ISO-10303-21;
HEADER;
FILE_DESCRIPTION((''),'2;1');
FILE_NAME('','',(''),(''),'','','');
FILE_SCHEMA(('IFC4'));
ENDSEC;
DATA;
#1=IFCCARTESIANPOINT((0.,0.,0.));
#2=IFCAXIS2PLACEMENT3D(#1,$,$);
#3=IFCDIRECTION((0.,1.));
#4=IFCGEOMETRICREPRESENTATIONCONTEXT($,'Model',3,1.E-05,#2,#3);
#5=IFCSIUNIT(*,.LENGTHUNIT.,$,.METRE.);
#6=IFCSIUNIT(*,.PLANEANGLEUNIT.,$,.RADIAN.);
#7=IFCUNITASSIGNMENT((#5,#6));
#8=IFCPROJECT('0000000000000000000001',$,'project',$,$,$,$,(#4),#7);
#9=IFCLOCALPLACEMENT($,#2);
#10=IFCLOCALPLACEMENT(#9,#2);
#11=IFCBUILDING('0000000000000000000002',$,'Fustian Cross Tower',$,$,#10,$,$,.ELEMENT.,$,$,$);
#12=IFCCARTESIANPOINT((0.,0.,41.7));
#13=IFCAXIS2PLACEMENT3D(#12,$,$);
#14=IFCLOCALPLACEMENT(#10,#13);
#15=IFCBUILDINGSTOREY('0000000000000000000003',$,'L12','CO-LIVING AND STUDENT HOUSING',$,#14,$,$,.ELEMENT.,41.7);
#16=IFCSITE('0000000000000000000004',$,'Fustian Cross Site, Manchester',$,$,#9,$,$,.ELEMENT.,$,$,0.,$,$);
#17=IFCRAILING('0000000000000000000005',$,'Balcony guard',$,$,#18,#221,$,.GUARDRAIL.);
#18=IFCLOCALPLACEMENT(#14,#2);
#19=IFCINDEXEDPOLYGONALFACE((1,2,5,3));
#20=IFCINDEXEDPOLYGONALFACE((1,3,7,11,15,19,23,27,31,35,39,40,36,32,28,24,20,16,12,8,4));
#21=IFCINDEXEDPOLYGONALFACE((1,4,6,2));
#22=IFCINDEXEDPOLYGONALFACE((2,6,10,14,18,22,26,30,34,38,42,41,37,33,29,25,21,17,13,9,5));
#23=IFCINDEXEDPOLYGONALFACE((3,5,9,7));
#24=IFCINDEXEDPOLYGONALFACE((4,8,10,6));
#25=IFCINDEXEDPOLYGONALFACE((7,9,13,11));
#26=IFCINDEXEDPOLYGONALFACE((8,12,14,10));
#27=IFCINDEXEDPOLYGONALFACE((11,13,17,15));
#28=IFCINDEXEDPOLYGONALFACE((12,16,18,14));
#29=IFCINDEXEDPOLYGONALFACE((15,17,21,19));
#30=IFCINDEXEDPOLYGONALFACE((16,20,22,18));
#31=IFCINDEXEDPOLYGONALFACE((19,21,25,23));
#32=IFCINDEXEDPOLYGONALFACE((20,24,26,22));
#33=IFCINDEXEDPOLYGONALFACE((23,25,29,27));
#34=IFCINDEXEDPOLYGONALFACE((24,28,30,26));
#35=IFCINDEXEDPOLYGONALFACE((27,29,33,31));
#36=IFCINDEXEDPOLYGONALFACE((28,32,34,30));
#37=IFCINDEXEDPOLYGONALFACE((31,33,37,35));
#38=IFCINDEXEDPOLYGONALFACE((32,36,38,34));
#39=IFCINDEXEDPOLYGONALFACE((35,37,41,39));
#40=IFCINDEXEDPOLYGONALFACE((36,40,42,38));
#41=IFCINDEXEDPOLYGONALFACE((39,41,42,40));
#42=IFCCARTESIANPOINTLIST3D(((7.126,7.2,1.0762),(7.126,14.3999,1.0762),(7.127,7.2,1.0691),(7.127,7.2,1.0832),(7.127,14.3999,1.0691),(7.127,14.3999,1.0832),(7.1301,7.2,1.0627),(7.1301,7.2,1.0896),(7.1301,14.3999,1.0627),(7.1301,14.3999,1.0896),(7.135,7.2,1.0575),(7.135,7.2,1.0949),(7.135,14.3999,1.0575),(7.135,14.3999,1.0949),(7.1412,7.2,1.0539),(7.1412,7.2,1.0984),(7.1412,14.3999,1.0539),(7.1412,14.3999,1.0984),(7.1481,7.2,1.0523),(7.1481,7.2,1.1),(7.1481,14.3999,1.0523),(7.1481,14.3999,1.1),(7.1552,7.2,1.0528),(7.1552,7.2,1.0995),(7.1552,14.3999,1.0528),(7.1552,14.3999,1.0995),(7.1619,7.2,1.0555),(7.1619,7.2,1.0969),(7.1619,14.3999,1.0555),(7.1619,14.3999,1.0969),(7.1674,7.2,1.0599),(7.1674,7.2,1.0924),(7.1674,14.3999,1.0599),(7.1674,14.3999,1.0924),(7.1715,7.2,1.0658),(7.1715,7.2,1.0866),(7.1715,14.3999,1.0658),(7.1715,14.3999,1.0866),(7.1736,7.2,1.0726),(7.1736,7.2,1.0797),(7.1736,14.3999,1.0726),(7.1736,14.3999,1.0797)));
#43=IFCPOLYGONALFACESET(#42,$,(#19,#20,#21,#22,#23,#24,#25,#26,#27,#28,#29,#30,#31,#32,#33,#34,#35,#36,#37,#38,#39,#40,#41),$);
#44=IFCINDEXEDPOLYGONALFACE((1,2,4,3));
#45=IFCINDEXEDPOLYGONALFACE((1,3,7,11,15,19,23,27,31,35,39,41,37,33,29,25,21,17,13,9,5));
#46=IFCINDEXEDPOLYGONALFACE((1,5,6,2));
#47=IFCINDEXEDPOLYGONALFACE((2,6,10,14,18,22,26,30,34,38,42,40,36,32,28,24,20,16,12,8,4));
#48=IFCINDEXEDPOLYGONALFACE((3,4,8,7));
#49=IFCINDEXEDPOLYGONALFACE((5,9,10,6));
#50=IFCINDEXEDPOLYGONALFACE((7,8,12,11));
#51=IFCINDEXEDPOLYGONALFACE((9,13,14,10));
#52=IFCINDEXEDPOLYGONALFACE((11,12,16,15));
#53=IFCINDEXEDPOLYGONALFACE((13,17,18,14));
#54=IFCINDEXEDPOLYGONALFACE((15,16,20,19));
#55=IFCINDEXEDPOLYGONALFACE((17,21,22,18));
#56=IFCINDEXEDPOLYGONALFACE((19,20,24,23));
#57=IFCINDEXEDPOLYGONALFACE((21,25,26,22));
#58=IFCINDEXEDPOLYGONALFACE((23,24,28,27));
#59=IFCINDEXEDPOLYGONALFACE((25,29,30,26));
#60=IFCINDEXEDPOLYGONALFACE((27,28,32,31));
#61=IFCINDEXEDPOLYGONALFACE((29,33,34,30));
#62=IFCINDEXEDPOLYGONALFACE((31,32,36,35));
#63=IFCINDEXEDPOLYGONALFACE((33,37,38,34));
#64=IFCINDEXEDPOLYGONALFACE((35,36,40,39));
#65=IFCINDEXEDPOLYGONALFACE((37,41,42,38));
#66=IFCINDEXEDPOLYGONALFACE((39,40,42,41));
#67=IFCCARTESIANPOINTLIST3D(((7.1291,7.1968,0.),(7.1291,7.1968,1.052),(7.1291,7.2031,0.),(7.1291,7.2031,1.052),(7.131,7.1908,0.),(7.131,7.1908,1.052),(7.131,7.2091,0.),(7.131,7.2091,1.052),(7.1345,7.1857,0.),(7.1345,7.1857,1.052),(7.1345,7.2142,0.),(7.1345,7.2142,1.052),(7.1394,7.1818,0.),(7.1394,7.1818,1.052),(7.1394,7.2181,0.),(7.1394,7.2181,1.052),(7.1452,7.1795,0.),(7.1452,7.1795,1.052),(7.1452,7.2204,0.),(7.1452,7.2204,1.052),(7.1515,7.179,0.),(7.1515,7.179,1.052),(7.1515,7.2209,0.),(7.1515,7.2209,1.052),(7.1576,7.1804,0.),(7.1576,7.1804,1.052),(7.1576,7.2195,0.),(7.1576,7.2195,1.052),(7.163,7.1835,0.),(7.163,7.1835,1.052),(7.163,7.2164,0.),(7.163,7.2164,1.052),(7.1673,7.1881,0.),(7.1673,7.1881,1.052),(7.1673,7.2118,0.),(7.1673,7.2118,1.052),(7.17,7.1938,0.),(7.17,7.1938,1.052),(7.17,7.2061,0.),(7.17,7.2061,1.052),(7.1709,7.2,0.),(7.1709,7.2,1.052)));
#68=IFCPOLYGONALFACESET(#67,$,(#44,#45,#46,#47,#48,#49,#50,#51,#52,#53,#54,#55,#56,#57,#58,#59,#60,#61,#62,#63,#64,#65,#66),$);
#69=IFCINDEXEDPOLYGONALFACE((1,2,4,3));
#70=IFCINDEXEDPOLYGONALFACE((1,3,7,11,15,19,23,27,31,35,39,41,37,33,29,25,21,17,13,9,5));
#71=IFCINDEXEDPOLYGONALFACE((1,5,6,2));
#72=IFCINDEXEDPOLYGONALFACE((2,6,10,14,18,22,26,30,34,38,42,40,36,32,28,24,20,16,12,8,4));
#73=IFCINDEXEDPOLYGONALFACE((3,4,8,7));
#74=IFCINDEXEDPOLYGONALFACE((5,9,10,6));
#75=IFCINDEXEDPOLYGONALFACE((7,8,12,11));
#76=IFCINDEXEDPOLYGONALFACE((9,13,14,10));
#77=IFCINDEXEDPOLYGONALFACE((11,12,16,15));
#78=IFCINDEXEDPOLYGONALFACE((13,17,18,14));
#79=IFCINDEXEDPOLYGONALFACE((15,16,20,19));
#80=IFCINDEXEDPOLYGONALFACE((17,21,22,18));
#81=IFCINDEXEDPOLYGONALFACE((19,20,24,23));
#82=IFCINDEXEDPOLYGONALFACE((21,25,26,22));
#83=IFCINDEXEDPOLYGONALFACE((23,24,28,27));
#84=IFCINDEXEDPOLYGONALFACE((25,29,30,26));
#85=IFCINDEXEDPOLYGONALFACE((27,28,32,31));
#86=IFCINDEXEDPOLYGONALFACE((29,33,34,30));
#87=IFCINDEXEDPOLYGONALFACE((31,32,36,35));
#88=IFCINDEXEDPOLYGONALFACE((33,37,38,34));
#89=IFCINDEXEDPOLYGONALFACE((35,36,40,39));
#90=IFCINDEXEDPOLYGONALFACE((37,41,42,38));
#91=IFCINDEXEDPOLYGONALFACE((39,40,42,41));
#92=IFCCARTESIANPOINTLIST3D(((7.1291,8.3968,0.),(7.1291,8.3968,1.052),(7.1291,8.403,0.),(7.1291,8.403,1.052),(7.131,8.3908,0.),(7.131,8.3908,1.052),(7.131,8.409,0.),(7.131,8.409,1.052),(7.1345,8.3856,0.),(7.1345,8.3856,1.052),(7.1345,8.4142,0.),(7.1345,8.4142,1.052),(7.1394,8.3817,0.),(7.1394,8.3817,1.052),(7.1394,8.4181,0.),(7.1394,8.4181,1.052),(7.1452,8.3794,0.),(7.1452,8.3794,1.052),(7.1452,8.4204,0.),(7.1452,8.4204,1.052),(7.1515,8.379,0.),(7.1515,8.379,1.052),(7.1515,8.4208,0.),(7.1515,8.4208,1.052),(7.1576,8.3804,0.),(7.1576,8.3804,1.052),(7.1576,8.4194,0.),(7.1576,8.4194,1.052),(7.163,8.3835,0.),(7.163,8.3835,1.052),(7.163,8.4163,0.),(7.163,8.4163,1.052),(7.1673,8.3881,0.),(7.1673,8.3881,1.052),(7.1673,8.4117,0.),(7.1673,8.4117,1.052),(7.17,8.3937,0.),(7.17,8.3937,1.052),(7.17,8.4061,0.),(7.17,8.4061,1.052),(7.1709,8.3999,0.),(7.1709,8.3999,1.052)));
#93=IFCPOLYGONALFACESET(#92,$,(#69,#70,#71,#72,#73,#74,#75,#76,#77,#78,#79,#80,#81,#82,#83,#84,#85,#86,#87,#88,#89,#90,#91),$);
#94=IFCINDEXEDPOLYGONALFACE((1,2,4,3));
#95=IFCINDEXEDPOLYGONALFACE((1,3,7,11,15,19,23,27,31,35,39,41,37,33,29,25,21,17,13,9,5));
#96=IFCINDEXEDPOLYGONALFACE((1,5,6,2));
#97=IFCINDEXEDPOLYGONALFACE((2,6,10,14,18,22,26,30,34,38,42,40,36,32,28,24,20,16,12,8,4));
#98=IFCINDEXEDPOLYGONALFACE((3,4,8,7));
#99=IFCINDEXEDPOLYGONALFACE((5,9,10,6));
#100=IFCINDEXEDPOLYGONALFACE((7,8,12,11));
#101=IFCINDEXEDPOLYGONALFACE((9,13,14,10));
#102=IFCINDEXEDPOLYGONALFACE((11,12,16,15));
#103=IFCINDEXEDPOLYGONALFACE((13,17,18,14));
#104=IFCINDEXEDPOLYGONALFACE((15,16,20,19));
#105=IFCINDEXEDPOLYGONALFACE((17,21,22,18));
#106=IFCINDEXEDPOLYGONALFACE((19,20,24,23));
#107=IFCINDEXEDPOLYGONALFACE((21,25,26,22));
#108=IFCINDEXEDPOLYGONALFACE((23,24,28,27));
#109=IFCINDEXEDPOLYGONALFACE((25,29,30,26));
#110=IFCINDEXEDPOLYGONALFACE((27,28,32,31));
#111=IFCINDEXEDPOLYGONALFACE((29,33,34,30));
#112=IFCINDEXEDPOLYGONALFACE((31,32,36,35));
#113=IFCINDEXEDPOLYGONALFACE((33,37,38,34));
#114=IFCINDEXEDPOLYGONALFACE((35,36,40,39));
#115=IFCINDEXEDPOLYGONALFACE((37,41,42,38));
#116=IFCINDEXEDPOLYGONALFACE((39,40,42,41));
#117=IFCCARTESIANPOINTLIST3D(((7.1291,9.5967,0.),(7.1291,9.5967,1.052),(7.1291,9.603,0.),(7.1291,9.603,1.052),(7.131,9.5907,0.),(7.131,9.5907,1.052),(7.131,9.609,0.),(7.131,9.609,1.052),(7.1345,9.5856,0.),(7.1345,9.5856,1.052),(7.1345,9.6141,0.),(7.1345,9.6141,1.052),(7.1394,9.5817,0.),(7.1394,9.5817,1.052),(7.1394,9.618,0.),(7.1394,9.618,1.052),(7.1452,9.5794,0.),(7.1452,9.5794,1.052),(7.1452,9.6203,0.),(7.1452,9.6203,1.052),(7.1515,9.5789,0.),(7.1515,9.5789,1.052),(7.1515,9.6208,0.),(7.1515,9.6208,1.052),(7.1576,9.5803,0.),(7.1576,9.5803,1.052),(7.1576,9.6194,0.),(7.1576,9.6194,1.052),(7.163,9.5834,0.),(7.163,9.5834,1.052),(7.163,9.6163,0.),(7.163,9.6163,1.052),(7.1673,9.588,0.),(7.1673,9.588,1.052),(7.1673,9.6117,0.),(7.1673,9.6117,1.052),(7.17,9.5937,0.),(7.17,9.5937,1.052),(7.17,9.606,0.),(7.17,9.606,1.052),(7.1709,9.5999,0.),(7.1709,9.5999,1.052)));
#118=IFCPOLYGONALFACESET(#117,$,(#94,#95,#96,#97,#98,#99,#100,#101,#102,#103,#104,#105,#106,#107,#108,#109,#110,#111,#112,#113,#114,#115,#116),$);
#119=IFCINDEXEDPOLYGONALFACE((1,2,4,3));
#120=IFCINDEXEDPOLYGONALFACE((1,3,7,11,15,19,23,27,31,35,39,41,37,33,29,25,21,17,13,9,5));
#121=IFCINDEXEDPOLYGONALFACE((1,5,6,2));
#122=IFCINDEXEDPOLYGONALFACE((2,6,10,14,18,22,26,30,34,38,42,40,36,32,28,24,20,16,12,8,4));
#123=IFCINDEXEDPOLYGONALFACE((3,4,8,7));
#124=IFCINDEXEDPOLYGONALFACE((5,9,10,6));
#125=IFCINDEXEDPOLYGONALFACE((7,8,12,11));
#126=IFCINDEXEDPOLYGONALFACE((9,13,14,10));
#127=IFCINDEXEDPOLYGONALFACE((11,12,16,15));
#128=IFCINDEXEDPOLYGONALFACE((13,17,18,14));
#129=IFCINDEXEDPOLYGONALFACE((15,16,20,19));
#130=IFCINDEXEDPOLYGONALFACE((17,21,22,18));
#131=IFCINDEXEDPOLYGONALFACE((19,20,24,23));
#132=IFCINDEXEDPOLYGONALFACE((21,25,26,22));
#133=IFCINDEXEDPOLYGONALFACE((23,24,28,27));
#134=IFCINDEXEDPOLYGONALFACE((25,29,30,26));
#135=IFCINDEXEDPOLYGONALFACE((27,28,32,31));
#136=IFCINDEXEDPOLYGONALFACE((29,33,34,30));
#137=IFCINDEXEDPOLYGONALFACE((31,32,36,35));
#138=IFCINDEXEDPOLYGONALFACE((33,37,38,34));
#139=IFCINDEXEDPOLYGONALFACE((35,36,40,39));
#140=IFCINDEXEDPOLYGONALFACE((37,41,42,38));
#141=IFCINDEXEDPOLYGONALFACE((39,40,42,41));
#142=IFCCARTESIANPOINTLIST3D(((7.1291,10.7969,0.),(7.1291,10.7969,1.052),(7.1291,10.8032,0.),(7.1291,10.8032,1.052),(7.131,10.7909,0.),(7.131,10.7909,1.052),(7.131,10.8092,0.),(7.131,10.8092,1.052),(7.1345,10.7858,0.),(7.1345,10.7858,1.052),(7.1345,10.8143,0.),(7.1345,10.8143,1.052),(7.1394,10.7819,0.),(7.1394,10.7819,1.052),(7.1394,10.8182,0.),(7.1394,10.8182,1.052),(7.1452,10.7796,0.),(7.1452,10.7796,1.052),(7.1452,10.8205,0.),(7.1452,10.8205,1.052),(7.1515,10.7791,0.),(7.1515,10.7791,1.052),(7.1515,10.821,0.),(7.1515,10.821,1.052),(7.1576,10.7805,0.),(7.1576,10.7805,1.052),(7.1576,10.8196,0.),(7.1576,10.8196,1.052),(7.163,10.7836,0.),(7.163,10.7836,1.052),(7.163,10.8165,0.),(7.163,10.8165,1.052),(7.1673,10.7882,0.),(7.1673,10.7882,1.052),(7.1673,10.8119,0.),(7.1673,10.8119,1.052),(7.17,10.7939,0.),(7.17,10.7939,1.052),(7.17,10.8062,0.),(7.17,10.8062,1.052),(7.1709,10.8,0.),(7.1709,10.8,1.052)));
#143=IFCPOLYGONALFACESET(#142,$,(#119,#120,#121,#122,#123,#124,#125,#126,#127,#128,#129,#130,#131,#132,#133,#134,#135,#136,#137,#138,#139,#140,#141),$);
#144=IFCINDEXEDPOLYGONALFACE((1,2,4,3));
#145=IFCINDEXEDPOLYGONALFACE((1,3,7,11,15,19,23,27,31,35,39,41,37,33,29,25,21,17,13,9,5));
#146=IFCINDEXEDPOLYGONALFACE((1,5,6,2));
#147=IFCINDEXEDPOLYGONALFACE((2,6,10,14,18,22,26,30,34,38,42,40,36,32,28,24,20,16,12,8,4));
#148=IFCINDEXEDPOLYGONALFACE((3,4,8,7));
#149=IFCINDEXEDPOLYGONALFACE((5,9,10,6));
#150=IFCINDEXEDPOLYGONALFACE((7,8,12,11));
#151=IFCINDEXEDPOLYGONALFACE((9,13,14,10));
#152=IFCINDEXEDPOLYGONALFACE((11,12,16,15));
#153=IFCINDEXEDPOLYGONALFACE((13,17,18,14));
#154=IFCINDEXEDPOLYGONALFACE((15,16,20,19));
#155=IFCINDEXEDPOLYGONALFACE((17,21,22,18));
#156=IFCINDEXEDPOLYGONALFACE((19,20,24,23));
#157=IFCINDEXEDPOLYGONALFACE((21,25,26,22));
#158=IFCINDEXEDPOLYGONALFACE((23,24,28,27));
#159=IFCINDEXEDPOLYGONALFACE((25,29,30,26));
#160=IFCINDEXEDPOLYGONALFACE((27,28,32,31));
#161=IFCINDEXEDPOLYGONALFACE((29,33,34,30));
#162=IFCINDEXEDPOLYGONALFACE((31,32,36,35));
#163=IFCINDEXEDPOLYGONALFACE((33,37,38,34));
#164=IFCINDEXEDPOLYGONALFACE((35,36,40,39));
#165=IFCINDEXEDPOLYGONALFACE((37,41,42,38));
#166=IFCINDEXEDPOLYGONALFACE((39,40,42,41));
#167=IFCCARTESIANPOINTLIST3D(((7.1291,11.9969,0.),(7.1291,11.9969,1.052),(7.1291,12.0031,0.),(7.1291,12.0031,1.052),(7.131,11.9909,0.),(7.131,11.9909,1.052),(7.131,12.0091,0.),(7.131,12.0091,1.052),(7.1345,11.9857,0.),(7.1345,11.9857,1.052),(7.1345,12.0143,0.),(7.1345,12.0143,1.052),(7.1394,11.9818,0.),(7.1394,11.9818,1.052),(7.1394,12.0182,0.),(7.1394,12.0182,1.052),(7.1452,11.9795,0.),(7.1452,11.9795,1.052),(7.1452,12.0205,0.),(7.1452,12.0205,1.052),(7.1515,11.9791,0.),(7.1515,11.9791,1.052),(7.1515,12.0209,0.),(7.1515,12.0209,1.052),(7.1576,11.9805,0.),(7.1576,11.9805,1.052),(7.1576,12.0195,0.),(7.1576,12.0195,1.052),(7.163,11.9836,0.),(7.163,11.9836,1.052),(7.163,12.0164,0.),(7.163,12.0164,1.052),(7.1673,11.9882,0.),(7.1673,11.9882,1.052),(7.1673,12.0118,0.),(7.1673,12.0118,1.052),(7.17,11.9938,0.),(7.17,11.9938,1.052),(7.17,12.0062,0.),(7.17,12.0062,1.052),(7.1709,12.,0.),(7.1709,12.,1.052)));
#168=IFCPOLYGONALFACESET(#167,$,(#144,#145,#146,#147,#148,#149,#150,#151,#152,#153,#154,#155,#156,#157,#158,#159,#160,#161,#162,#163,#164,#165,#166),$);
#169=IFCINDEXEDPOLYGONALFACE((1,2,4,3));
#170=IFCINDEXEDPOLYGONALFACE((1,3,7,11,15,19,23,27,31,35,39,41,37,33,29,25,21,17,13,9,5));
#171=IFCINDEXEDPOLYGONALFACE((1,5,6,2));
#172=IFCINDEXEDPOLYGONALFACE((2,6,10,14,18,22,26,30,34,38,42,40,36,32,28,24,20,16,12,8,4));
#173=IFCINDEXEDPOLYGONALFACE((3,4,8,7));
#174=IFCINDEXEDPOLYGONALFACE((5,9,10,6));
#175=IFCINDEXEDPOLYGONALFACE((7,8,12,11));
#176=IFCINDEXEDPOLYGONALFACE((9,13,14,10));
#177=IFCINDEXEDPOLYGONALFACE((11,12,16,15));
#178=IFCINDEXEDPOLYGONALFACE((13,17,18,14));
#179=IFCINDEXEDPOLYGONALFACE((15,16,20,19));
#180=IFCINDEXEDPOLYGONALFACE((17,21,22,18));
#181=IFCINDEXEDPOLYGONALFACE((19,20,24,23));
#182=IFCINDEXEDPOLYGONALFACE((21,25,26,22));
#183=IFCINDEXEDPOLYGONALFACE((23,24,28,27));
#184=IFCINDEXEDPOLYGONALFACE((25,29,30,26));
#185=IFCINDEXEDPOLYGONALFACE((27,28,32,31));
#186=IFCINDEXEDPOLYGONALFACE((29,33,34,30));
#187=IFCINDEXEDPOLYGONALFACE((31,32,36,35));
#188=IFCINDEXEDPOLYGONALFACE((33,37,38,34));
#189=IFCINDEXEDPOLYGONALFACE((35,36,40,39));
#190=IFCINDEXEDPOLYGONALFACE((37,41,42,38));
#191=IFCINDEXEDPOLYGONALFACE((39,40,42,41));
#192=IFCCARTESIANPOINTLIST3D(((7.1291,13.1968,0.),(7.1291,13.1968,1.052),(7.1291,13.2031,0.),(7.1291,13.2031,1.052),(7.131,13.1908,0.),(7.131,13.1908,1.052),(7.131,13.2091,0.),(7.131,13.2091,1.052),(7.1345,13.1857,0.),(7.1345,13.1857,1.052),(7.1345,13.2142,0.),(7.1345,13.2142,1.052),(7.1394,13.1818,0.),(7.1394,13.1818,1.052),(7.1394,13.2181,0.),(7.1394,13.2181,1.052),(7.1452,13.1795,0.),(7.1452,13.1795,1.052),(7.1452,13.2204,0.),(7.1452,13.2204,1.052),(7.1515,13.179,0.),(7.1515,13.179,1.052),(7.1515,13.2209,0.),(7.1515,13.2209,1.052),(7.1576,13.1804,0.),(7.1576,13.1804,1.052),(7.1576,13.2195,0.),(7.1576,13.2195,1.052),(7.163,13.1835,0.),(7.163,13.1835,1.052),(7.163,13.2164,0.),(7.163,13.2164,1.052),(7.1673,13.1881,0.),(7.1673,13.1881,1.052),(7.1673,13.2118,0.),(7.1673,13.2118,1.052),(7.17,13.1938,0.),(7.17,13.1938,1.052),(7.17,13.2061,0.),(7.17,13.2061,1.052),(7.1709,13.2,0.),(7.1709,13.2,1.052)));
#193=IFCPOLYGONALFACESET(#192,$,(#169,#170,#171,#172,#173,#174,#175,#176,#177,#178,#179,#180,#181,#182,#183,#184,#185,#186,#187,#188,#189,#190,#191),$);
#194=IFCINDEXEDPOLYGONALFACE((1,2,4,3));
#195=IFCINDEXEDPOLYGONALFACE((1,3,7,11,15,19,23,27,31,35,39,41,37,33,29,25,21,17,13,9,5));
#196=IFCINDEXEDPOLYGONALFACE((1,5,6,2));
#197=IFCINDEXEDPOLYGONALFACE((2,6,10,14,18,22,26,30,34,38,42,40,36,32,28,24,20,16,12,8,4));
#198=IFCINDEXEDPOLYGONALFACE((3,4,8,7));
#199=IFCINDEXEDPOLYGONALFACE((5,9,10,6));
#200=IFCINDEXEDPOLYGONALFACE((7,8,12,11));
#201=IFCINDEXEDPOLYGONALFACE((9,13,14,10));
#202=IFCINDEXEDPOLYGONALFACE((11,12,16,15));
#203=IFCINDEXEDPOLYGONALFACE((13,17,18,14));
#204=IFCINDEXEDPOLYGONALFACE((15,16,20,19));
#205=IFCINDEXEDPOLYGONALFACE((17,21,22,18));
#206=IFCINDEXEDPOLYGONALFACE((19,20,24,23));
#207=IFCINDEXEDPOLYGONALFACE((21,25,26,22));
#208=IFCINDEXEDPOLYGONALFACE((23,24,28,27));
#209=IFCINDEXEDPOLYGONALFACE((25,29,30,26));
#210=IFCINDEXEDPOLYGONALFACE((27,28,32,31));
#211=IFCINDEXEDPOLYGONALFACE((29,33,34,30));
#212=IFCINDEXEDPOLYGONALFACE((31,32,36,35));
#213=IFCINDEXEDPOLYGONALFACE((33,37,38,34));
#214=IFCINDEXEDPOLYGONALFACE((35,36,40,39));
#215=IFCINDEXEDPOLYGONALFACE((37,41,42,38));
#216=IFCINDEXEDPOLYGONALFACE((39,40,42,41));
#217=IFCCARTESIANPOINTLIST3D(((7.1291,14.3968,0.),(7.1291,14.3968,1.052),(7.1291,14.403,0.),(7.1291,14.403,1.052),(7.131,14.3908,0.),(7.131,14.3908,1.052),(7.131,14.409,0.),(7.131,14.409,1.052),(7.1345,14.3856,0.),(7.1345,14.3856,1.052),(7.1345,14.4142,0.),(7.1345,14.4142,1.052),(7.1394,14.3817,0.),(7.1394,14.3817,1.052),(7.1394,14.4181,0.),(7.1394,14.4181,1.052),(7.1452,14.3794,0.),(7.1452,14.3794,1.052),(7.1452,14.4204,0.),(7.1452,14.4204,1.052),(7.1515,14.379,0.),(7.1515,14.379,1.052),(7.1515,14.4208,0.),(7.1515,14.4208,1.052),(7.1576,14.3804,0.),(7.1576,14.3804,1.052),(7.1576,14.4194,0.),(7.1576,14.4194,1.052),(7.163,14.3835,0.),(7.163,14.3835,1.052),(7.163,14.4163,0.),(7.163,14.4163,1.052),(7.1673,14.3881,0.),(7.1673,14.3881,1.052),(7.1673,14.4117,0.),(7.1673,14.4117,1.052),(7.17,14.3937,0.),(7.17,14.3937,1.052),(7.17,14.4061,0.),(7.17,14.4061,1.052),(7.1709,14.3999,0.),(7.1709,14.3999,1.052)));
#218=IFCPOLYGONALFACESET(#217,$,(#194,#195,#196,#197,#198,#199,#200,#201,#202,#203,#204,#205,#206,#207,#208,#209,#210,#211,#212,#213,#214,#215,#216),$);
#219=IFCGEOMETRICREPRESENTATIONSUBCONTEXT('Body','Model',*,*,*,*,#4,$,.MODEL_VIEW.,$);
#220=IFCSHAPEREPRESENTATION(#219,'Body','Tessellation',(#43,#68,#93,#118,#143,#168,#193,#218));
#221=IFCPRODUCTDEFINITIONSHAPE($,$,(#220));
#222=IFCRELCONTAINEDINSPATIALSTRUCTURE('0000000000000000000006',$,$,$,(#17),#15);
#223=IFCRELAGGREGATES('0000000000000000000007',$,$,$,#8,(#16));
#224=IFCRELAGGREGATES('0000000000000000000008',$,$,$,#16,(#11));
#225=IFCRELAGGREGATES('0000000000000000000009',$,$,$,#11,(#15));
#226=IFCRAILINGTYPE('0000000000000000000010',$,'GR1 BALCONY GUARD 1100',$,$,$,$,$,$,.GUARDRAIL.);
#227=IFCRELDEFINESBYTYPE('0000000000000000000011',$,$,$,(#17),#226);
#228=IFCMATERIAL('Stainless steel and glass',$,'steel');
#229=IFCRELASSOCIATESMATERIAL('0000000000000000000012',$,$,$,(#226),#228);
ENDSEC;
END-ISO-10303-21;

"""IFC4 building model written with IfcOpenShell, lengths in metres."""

from ifc_helpers import new_model, si_unit, direction, frame, origin, origin_2d, place, context, subcontext, project, spatial, circle, extrude, material, type_object, element, save


model = new_model("IFC4")

# Units and contexts
model_context = context("Model", 3, precision=1e-05, world=origin(), true_north=direction((0.0, 1.0)))
body_context = subcontext(model_context, "Body", "Model", "MODEL_VIEW")
ifc_project = project(units=[si_unit("LENGTHUNIT", "METRE"), si_unit("PLANEANGLEUNIT", "RADIAN")], contexts=[model_context])

# Site, building, storey
site_placement = place(None, origin())
site = spatial("IfcSite", under=ifc_project, at=site_placement, Name="Fustian Cross Site, Manchester", CompositionType="ELEMENT", RefElevation=0.0)
building_placement = place(site_placement, origin())
building = spatial("IfcBuilding", under=site, at=building_placement, Name="Fustian Cross Tower", CompositionType="ELEMENT")
storey_placement = place(building_placement, frame((0.0, 0.0, 41.7)))
storey = spatial("IfcBuildingStorey", under=building, at=storey_placement, Name="L12", Description="CO-LIVING AND STUDENT HOUSING", CompositionType="ELEMENT", Elevation=41.7)

# Railing
ifc_material_1 = material(Name="Stainless steel and glass", Category="steel")
railing_type = type_object("IfcRailingType", Name="GR1 BALCONY GUARD 1100", PredefinedType="GUARDRAIL", material=ifc_material_1)
railing_placement = place(storey_placement, frame((7.1499, 7.2, 0.0)))
element("IfcRailing", 1, at=railing_placement, inside=storey, type_object=railing_type, Name="Balcony guard", PredefinedType="GUARDRAIL", context=body_context, shape_type="SweptSolid", body=[
    extrude(circle(Radius=0.0239, at=origin_2d()), frame((0.0, 0.0, 1.0762), z_axis=(0.0, 1.0, 0.0), x_axis=(-1.0, 0.0, 0.0)), (0.0, 0.0, 1.0), 7.2),
    extrude(circle(Radius=0.021, at=origin_2d()), origin(), (0.0, 0.0, 1.0), 1.052),
    extrude(circle(Radius=0.021, at=origin_2d()), frame((0.0, 1.2, 0.0)), (0.0, 0.0, 1.0), 1.052),
    extrude(circle(Radius=0.021, at=origin_2d()), frame((0.0, 2.3999, 0.0)), (0.0, 0.0, 1.0), 1.052),
    extrude(circle(Radius=0.021, at=origin_2d()), frame((0.0, 3.6001, 0.0)), (0.0, 0.0, 1.0), 1.052),
    extrude(circle(Radius=0.021, at=origin_2d()), frame((0.0, 4.8, 0.0)), (0.0, 0.0, 1.0), 1.052),
    extrude(circle(Radius=0.021, at=origin_2d()), frame((0.0, 6.0, 0.0)), (0.0, 0.0, 1.0), 1.052),
    extrude(circle(Radius=0.021, at=origin_2d()), frame((0.0, 7.2, 0.0)), (0.0, 0.0, 1.0), 1.052),
])

save(model, "model.ifc")
